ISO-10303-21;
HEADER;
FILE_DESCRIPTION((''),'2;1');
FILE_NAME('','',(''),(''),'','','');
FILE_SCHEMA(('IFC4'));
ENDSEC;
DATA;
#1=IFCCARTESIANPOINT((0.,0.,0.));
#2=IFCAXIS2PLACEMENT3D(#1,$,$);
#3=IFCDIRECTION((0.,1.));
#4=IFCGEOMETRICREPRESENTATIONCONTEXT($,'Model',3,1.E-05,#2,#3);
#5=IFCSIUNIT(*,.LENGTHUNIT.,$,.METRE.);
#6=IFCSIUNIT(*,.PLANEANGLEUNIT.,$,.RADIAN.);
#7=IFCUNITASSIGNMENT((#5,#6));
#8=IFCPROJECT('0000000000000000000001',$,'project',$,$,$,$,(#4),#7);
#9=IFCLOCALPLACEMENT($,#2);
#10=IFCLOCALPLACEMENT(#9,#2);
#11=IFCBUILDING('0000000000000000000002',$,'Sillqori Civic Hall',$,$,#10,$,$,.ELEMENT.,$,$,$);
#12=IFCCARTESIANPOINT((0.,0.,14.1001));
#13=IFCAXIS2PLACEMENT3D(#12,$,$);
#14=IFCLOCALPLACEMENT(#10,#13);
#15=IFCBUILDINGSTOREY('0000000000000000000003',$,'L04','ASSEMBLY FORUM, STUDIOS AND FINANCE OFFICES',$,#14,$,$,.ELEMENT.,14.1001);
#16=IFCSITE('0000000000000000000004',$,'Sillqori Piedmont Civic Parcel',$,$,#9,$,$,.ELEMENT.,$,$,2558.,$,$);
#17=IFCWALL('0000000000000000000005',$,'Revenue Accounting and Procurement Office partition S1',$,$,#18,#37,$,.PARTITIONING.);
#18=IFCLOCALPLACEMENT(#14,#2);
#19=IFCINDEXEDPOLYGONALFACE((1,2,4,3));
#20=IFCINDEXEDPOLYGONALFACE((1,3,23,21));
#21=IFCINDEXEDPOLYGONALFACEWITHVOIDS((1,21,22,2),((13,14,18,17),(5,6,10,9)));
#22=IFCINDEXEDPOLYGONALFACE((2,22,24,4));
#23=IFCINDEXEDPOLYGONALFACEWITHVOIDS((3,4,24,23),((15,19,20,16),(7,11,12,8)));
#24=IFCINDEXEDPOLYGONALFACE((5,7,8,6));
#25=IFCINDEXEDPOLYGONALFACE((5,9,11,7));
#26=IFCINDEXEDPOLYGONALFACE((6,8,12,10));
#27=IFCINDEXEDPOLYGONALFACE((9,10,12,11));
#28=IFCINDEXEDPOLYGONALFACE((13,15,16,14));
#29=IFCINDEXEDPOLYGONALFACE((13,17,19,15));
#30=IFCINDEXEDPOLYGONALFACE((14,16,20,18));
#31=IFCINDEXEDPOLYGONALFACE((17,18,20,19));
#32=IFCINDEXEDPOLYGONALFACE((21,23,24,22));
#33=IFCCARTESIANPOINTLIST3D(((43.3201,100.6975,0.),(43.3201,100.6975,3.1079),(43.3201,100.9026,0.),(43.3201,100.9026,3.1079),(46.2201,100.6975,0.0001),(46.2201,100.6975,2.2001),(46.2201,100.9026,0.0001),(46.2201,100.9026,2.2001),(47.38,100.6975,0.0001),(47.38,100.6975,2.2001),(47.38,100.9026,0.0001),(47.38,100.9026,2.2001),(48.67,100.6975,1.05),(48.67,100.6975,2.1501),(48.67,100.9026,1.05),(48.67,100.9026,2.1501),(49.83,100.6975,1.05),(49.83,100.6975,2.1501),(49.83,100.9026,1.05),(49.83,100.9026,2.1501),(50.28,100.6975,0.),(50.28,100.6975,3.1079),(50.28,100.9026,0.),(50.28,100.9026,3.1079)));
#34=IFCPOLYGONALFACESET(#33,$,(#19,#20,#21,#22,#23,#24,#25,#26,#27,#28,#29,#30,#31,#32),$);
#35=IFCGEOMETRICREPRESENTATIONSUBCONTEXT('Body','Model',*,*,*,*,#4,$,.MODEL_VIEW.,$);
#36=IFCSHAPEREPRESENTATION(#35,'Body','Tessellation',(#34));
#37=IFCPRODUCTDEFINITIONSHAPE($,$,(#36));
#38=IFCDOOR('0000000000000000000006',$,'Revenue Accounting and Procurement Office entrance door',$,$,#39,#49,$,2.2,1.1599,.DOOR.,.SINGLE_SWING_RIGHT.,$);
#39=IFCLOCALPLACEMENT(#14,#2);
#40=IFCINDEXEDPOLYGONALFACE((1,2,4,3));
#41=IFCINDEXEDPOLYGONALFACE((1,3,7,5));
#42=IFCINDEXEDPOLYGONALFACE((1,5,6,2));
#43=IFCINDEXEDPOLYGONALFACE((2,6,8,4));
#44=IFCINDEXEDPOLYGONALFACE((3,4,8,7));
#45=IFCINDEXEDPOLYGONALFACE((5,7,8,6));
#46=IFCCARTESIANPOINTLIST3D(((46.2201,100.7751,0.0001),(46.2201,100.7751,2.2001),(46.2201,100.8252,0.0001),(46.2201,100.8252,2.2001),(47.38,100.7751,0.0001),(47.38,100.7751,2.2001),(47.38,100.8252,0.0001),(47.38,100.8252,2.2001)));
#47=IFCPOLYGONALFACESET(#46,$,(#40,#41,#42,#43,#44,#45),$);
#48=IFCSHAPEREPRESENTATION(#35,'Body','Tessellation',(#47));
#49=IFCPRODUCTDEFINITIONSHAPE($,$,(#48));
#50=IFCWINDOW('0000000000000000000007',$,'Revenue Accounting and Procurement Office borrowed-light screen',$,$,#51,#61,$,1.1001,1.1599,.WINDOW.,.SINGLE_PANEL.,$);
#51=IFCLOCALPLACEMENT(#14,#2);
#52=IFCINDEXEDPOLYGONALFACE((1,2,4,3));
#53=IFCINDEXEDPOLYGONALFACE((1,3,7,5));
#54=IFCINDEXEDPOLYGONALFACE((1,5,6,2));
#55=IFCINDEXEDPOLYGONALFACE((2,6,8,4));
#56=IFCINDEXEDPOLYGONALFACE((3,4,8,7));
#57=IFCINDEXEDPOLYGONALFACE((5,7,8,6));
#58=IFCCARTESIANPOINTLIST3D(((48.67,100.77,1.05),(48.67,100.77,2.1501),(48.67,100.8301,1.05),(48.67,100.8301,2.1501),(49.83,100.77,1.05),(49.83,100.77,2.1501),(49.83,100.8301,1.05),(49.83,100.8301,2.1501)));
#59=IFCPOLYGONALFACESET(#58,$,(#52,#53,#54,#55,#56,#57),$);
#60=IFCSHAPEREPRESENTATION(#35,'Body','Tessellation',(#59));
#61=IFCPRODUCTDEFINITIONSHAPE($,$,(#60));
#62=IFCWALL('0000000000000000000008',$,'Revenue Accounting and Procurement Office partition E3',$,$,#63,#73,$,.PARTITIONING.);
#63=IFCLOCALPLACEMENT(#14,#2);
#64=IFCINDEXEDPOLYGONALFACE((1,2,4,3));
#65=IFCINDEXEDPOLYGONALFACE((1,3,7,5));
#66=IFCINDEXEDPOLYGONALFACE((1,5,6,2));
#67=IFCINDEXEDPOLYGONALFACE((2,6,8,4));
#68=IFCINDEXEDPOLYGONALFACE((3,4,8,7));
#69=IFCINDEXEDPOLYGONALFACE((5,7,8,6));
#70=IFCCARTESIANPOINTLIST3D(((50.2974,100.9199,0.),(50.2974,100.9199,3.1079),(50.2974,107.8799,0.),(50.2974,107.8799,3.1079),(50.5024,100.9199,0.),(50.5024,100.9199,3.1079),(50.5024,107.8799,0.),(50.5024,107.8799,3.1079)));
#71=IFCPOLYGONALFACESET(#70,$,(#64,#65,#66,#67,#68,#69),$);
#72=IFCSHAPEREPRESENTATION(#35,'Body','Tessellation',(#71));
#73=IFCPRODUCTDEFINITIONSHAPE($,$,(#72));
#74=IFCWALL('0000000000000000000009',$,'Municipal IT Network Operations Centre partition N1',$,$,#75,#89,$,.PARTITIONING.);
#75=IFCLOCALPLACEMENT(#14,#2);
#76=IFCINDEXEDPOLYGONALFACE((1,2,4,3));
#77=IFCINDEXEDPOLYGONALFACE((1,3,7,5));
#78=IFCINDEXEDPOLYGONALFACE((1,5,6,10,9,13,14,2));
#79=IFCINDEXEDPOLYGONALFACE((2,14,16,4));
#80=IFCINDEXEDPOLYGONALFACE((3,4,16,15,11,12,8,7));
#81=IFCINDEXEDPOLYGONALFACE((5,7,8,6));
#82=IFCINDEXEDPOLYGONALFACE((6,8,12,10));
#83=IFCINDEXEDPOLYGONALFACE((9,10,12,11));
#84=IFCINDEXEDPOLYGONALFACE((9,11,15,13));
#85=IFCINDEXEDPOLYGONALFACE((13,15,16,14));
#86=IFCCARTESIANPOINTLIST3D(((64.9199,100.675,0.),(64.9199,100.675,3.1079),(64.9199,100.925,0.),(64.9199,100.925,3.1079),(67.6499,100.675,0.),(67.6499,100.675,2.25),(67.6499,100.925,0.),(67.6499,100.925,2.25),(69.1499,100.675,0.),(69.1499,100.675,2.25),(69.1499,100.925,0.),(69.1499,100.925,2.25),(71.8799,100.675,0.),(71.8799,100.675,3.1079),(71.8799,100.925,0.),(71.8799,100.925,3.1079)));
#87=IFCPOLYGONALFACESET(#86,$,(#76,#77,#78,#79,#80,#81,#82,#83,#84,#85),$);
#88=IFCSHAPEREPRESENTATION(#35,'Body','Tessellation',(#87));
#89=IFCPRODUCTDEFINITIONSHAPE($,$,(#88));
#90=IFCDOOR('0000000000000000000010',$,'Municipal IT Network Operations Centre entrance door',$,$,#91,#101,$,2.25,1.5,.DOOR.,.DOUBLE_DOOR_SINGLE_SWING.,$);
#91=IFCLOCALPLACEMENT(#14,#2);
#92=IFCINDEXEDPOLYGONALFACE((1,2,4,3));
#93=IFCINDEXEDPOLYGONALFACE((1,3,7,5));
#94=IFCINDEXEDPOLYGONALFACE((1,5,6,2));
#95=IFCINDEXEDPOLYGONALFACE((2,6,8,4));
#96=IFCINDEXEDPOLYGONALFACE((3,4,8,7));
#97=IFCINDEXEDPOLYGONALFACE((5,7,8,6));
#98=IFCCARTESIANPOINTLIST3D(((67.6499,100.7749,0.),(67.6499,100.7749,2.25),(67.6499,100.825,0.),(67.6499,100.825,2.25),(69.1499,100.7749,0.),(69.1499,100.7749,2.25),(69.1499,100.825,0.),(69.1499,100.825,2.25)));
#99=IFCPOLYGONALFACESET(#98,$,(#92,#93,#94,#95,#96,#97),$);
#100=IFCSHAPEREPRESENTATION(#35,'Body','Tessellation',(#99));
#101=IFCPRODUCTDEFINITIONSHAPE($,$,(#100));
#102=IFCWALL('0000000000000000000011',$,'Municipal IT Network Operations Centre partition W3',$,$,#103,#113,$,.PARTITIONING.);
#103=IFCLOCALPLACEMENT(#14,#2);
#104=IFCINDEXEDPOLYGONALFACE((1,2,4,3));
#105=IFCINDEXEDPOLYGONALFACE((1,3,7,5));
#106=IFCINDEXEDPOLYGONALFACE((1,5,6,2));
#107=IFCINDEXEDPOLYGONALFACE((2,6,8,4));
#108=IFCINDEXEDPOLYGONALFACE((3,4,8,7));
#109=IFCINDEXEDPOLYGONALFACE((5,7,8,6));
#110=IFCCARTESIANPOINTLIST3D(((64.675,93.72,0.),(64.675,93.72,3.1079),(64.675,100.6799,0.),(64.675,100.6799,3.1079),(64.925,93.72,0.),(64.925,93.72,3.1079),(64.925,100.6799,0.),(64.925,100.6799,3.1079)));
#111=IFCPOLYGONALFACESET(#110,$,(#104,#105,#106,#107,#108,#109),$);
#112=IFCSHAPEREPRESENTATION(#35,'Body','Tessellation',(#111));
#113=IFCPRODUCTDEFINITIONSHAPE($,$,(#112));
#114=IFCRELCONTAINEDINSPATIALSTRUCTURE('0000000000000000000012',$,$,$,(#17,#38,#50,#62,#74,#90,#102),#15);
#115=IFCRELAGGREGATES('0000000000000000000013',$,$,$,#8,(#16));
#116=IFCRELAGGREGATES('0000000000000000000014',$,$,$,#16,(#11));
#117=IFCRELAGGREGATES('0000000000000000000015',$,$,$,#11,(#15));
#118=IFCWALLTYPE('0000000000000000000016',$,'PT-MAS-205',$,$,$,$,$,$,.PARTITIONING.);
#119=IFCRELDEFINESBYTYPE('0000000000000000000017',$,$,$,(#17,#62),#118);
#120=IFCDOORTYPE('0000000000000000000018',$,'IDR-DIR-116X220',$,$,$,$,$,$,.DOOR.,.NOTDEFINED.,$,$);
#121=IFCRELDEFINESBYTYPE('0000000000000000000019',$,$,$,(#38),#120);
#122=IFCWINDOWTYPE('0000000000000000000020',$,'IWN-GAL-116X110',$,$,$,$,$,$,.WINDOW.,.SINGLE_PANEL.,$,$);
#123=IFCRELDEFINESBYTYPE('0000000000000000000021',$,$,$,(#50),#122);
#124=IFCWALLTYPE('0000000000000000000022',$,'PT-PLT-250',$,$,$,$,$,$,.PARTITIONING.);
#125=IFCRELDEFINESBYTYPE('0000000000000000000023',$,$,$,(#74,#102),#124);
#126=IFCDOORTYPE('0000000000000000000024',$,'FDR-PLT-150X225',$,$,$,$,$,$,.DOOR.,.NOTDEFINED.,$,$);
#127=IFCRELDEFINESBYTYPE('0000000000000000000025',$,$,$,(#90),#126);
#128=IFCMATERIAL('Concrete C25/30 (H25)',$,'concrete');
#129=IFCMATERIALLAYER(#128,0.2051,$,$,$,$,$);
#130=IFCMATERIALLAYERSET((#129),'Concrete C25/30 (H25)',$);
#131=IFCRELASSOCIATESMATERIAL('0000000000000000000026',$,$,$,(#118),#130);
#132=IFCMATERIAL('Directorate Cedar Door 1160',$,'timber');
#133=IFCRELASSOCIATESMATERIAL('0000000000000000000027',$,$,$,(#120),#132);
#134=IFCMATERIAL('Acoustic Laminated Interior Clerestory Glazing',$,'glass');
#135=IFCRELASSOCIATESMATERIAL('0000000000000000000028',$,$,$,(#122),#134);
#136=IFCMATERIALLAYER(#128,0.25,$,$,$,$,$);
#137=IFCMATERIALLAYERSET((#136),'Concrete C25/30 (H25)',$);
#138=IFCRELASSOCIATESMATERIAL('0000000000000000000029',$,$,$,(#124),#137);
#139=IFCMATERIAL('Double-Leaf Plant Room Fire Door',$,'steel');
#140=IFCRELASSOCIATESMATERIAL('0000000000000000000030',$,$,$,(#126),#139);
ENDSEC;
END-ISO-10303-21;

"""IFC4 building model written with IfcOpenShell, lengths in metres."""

from ifc_helpers import new_model, si_unit, direction, frame, frame_2d, origin, place, context, subcontext, project, spatial, rectangle, extrude, material, layer, layer_set, type_object, element, fill, save


model = new_model("IFC4")

# Units and contexts
model_context = context("Model", 3, precision=1e-05, world=origin(), true_north=direction((0.0, 1.0)))
body_context = subcontext(model_context, "Body", "Model", "MODEL_VIEW")
ifc_project = project(units=[si_unit("LENGTHUNIT", "METRE"), si_unit("PLANEANGLEUNIT", "RADIAN")], contexts=[model_context])

# Site, building, storey
site_placement = place(None, origin())
site = spatial("IfcSite", under=ifc_project, at=site_placement, Name="Sillqori Piedmont Civic Parcel", CompositionType="ELEMENT", RefElevation=2558.0)
building_placement = place(site_placement, origin())
building = spatial("IfcBuilding", under=site, at=building_placement, Name="Sillqori Civic Hall", CompositionType="ELEMENT")
storey_placement = place(building_placement, frame((0.0, 0.0, 14.1001)))
storey = spatial("IfcBuildingStorey", under=building, at=storey_placement, Name="L04", Description="ASSEMBLY FORUM, STUDIOS AND FINANCE OFFICES", CompositionType="ELEMENT", Elevation=14.1001)

# Wall, openings, door, window
ifc_material_1 = material(Name="Concrete C25/30 (H25)", Category="concrete")
ifc_layer_1 = layer(ifc_material_1, 0.2051)
ifc_layer_set_1 = layer_set([ifc_layer_1], Name="Concrete C25/30 (H25)")
wall_type_1 = type_object("IfcWallType", Name="PT-MAS-205", PredefinedType="PARTITIONING", material=ifc_layer_set_1)
wall_1_placement = place(storey_placement, frame((50.28, 100.8, 0.0), z_axis=(0.0, 0.0, 1.0), x_axis=(-1.0, 0.0, 0.0)))
wall_1 = element("IfcWall", 1, at=wall_1_placement, inside=storey, type_object=wall_type_1, Name="Revenue Accounting and Procurement Office partition S1", PredefinedType="PARTITIONING", context=body_context, shape_type="SweptSolid", body=[
    extrude(rectangle(XDim=6.96, YDim=0.2051, at=frame_2d((3.48, 0.0))), origin(), (0.0, 0.0, 1.0), 3.1079),
])
opening_1_placement = place(wall_1_placement, frame((2.8999, 0.0, 0.0)))
opening_1 = element("IfcOpeningElement", 2, at=opening_1_placement, cuts=wall_1, PredefinedType="OPENING", context=body_context, shape_type="SweptSolid", body=[
    extrude(rectangle(XDim=1.1599, YDim=2.2, at=frame_2d((0.5801, 1.1001))), frame((0.0, 0.1125, 0.0), z_axis=(0.0, -1.0, 0.0), x_axis=(1.0, 0.0, 0.0)), (0.0, 0.0, 1.0), 0.2251),
])
opening_2_placement = place(wall_1_placement, frame((0.45, 0.0, 1.05)))
opening_2 = element("IfcOpeningElement", 3, at=opening_2_placement, cuts=wall_1, PredefinedType="OPENING", context=body_context, shape_type="SweptSolid", body=[
    extrude(rectangle(XDim=1.1599, YDim=1.1001, at=frame_2d((0.5801, 0.55))), frame((0.0, 0.1125, 0.0), z_axis=(0.0, -1.0, 0.0), x_axis=(1.0, 0.0, 0.0)), (0.0, 0.0, 1.0), 0.2251),
])
ifc_material_2 = material(Name="Directorate Cedar Door 1160", Category="timber")
door_type_1 = type_object("IfcDoorType", Name="IDR-DIR-116X220", OperationType="NOTDEFINED", PredefinedType="DOOR", material=ifc_material_2)
door_1_placement = place(opening_1_placement, origin())
door_1 = element("IfcDoor", 4, at=door_1_placement, inside=storey, type_object=door_type_1, Name="Revenue Accounting and Procurement Office entrance door", OperationType="SINGLE_SWING_RIGHT", OverallHeight=2.2, OverallWidth=1.1599, PredefinedType="DOOR", context=body_context, shape_type="SweptSolid", body=[
    extrude(rectangle(XDim=1.1599, YDim=2.2, at=frame_2d((0.5801, 1.1001))), frame((0.0, 0.0249, 0.0), z_axis=(0.0, -1.0, 0.0), x_axis=(1.0, 0.0, 0.0)), (0.0, 0.0, 1.0), 0.05),
])
fill(opening_1, door_1)
ifc_material_3 = material(Name="Acoustic Laminated Interior Clerestory Glazing", Category="glass")
window_type = type_object("IfcWindowType", Name="IWN-GAL-116X110", PartitioningType="SINGLE_PANEL", PredefinedType="WINDOW", material=ifc_material_3)
window_placement = place(opening_2_placement, origin())
window = element("IfcWindow", 5, at=window_placement, inside=storey, type_object=window_type, Name="Revenue Accounting and Procurement Office borrowed-light screen", OverallHeight=1.1001, OverallWidth=1.1599, PartitioningType="SINGLE_PANEL", PredefinedType="WINDOW", context=body_context, shape_type="SweptSolid", body=[
    extrude(rectangle(XDim=1.1599, YDim=1.1001, at=frame_2d((0.5801, 0.55))), frame((0.0, 0.03, 0.0), z_axis=(0.0, -1.0, 0.0), x_axis=(1.0, 0.0, 0.0)), (0.0, 0.0, 1.0), 0.0601),
])
fill(opening_2, window)

# Wall
wall_2_placement = place(storey_placement, frame((50.3999, 107.8799, 0.0), z_axis=(0.0, 0.0, 1.0), x_axis=(0.0, -1.0, 0.0)))
element("IfcWall", 6, at=wall_2_placement, inside=storey, type_object=wall_type_1, Name="Revenue Accounting and Procurement Office partition E3", PredefinedType="PARTITIONING", context=body_context, shape_type="SweptSolid", body=[
    extrude(rectangle(XDim=6.96, YDim=0.2051, at=frame_2d((3.48, 0.0))), origin(), (0.0, 0.0, 1.0), 3.1079),
])

# Wall, opening, door
ifc_layer_2 = layer(ifc_material_1, 0.25)
ifc_layer_set_2 = layer_set([ifc_layer_2], Name="Concrete C25/30 (H25)")
wall_type_2 = type_object("IfcWallType", Name="PT-PLT-250", PredefinedType="PARTITIONING", material=ifc_layer_set_2)
wall_3_placement = place(storey_placement, frame((64.9199, 100.8, 0.0), z_axis=(0.0, 0.0, 1.0), x_axis=(1.0, 0.0, 0.0)))
wall_3 = element("IfcWall", 7, at=wall_3_placement, inside=storey, type_object=wall_type_2, Name="Municipal IT Network Operations Centre partition N1", PredefinedType="PARTITIONING", context=body_context, shape_type="SweptSolid", body=[
    extrude(rectangle(XDim=6.96, YDim=0.25, at=frame_2d((3.48, 0.0))), origin(), (0.0, 0.0, 1.0), 3.1079),
])
opening_3_placement = place(wall_3_placement, frame((2.73, 0.0, 0.0)))
opening_3 = element("IfcOpeningElement", 8, at=opening_3_placement, cuts=wall_3, PredefinedType="OPENING", context=body_context, shape_type="SweptSolid", body=[
    extrude(rectangle(XDim=1.5, YDim=2.25, at=frame_2d((0.75, 1.125))), frame((0.0, 0.135, 0.0), z_axis=(0.0, -1.0, 0.0), x_axis=(1.0, 0.0, 0.0)), (0.0, 0.0, 1.0), 0.27),
])
ifc_material_4 = material(Name="Double-Leaf Plant Room Fire Door", Category="steel")
door_type_2 = type_object("IfcDoorType", Name="FDR-PLT-150X225", OperationType="NOTDEFINED", PredefinedType="DOOR", material=ifc_material_4)
door_2_placement = place(opening_3_placement, origin())
door_2 = element("IfcDoor", 9, at=door_2_placement, inside=storey, type_object=door_type_2, Name="Municipal IT Network Operations Centre entrance door", OperationType="DOUBLE_DOOR_SINGLE_SWING", OverallHeight=2.25, OverallWidth=1.5, PredefinedType="DOOR", context=body_context, shape_type="SweptSolid", body=[
    extrude(rectangle(XDim=1.5, YDim=2.25, at=frame_2d((0.75, 1.125))), frame((0.0, 0.0249, 0.0), z_axis=(0.0, -1.0, 0.0), x_axis=(1.0, 0.0, 0.0)), (0.0, 0.0, 1.0), 0.05),
])
fill(opening_3, door_2)

# Wall
wall_4_placement = place(storey_placement, frame((64.8, 93.72, 0.0), z_axis=(0.0, 0.0, 1.0), x_axis=(0.0, 1.0, 0.0)))
element("IfcWall", 10, at=wall_4_placement, inside=storey, type_object=wall_type_2, Name="Municipal IT Network Operations Centre partition W3", PredefinedType="PARTITIONING", context=body_context, shape_type="SweptSolid", body=[
    extrude(rectangle(XDim=6.96, YDim=0.25, at=frame_2d((3.48, 0.0))), origin(), (0.0, 0.0, 1.0), 3.1079),
])

save(model, "model.ifc")
